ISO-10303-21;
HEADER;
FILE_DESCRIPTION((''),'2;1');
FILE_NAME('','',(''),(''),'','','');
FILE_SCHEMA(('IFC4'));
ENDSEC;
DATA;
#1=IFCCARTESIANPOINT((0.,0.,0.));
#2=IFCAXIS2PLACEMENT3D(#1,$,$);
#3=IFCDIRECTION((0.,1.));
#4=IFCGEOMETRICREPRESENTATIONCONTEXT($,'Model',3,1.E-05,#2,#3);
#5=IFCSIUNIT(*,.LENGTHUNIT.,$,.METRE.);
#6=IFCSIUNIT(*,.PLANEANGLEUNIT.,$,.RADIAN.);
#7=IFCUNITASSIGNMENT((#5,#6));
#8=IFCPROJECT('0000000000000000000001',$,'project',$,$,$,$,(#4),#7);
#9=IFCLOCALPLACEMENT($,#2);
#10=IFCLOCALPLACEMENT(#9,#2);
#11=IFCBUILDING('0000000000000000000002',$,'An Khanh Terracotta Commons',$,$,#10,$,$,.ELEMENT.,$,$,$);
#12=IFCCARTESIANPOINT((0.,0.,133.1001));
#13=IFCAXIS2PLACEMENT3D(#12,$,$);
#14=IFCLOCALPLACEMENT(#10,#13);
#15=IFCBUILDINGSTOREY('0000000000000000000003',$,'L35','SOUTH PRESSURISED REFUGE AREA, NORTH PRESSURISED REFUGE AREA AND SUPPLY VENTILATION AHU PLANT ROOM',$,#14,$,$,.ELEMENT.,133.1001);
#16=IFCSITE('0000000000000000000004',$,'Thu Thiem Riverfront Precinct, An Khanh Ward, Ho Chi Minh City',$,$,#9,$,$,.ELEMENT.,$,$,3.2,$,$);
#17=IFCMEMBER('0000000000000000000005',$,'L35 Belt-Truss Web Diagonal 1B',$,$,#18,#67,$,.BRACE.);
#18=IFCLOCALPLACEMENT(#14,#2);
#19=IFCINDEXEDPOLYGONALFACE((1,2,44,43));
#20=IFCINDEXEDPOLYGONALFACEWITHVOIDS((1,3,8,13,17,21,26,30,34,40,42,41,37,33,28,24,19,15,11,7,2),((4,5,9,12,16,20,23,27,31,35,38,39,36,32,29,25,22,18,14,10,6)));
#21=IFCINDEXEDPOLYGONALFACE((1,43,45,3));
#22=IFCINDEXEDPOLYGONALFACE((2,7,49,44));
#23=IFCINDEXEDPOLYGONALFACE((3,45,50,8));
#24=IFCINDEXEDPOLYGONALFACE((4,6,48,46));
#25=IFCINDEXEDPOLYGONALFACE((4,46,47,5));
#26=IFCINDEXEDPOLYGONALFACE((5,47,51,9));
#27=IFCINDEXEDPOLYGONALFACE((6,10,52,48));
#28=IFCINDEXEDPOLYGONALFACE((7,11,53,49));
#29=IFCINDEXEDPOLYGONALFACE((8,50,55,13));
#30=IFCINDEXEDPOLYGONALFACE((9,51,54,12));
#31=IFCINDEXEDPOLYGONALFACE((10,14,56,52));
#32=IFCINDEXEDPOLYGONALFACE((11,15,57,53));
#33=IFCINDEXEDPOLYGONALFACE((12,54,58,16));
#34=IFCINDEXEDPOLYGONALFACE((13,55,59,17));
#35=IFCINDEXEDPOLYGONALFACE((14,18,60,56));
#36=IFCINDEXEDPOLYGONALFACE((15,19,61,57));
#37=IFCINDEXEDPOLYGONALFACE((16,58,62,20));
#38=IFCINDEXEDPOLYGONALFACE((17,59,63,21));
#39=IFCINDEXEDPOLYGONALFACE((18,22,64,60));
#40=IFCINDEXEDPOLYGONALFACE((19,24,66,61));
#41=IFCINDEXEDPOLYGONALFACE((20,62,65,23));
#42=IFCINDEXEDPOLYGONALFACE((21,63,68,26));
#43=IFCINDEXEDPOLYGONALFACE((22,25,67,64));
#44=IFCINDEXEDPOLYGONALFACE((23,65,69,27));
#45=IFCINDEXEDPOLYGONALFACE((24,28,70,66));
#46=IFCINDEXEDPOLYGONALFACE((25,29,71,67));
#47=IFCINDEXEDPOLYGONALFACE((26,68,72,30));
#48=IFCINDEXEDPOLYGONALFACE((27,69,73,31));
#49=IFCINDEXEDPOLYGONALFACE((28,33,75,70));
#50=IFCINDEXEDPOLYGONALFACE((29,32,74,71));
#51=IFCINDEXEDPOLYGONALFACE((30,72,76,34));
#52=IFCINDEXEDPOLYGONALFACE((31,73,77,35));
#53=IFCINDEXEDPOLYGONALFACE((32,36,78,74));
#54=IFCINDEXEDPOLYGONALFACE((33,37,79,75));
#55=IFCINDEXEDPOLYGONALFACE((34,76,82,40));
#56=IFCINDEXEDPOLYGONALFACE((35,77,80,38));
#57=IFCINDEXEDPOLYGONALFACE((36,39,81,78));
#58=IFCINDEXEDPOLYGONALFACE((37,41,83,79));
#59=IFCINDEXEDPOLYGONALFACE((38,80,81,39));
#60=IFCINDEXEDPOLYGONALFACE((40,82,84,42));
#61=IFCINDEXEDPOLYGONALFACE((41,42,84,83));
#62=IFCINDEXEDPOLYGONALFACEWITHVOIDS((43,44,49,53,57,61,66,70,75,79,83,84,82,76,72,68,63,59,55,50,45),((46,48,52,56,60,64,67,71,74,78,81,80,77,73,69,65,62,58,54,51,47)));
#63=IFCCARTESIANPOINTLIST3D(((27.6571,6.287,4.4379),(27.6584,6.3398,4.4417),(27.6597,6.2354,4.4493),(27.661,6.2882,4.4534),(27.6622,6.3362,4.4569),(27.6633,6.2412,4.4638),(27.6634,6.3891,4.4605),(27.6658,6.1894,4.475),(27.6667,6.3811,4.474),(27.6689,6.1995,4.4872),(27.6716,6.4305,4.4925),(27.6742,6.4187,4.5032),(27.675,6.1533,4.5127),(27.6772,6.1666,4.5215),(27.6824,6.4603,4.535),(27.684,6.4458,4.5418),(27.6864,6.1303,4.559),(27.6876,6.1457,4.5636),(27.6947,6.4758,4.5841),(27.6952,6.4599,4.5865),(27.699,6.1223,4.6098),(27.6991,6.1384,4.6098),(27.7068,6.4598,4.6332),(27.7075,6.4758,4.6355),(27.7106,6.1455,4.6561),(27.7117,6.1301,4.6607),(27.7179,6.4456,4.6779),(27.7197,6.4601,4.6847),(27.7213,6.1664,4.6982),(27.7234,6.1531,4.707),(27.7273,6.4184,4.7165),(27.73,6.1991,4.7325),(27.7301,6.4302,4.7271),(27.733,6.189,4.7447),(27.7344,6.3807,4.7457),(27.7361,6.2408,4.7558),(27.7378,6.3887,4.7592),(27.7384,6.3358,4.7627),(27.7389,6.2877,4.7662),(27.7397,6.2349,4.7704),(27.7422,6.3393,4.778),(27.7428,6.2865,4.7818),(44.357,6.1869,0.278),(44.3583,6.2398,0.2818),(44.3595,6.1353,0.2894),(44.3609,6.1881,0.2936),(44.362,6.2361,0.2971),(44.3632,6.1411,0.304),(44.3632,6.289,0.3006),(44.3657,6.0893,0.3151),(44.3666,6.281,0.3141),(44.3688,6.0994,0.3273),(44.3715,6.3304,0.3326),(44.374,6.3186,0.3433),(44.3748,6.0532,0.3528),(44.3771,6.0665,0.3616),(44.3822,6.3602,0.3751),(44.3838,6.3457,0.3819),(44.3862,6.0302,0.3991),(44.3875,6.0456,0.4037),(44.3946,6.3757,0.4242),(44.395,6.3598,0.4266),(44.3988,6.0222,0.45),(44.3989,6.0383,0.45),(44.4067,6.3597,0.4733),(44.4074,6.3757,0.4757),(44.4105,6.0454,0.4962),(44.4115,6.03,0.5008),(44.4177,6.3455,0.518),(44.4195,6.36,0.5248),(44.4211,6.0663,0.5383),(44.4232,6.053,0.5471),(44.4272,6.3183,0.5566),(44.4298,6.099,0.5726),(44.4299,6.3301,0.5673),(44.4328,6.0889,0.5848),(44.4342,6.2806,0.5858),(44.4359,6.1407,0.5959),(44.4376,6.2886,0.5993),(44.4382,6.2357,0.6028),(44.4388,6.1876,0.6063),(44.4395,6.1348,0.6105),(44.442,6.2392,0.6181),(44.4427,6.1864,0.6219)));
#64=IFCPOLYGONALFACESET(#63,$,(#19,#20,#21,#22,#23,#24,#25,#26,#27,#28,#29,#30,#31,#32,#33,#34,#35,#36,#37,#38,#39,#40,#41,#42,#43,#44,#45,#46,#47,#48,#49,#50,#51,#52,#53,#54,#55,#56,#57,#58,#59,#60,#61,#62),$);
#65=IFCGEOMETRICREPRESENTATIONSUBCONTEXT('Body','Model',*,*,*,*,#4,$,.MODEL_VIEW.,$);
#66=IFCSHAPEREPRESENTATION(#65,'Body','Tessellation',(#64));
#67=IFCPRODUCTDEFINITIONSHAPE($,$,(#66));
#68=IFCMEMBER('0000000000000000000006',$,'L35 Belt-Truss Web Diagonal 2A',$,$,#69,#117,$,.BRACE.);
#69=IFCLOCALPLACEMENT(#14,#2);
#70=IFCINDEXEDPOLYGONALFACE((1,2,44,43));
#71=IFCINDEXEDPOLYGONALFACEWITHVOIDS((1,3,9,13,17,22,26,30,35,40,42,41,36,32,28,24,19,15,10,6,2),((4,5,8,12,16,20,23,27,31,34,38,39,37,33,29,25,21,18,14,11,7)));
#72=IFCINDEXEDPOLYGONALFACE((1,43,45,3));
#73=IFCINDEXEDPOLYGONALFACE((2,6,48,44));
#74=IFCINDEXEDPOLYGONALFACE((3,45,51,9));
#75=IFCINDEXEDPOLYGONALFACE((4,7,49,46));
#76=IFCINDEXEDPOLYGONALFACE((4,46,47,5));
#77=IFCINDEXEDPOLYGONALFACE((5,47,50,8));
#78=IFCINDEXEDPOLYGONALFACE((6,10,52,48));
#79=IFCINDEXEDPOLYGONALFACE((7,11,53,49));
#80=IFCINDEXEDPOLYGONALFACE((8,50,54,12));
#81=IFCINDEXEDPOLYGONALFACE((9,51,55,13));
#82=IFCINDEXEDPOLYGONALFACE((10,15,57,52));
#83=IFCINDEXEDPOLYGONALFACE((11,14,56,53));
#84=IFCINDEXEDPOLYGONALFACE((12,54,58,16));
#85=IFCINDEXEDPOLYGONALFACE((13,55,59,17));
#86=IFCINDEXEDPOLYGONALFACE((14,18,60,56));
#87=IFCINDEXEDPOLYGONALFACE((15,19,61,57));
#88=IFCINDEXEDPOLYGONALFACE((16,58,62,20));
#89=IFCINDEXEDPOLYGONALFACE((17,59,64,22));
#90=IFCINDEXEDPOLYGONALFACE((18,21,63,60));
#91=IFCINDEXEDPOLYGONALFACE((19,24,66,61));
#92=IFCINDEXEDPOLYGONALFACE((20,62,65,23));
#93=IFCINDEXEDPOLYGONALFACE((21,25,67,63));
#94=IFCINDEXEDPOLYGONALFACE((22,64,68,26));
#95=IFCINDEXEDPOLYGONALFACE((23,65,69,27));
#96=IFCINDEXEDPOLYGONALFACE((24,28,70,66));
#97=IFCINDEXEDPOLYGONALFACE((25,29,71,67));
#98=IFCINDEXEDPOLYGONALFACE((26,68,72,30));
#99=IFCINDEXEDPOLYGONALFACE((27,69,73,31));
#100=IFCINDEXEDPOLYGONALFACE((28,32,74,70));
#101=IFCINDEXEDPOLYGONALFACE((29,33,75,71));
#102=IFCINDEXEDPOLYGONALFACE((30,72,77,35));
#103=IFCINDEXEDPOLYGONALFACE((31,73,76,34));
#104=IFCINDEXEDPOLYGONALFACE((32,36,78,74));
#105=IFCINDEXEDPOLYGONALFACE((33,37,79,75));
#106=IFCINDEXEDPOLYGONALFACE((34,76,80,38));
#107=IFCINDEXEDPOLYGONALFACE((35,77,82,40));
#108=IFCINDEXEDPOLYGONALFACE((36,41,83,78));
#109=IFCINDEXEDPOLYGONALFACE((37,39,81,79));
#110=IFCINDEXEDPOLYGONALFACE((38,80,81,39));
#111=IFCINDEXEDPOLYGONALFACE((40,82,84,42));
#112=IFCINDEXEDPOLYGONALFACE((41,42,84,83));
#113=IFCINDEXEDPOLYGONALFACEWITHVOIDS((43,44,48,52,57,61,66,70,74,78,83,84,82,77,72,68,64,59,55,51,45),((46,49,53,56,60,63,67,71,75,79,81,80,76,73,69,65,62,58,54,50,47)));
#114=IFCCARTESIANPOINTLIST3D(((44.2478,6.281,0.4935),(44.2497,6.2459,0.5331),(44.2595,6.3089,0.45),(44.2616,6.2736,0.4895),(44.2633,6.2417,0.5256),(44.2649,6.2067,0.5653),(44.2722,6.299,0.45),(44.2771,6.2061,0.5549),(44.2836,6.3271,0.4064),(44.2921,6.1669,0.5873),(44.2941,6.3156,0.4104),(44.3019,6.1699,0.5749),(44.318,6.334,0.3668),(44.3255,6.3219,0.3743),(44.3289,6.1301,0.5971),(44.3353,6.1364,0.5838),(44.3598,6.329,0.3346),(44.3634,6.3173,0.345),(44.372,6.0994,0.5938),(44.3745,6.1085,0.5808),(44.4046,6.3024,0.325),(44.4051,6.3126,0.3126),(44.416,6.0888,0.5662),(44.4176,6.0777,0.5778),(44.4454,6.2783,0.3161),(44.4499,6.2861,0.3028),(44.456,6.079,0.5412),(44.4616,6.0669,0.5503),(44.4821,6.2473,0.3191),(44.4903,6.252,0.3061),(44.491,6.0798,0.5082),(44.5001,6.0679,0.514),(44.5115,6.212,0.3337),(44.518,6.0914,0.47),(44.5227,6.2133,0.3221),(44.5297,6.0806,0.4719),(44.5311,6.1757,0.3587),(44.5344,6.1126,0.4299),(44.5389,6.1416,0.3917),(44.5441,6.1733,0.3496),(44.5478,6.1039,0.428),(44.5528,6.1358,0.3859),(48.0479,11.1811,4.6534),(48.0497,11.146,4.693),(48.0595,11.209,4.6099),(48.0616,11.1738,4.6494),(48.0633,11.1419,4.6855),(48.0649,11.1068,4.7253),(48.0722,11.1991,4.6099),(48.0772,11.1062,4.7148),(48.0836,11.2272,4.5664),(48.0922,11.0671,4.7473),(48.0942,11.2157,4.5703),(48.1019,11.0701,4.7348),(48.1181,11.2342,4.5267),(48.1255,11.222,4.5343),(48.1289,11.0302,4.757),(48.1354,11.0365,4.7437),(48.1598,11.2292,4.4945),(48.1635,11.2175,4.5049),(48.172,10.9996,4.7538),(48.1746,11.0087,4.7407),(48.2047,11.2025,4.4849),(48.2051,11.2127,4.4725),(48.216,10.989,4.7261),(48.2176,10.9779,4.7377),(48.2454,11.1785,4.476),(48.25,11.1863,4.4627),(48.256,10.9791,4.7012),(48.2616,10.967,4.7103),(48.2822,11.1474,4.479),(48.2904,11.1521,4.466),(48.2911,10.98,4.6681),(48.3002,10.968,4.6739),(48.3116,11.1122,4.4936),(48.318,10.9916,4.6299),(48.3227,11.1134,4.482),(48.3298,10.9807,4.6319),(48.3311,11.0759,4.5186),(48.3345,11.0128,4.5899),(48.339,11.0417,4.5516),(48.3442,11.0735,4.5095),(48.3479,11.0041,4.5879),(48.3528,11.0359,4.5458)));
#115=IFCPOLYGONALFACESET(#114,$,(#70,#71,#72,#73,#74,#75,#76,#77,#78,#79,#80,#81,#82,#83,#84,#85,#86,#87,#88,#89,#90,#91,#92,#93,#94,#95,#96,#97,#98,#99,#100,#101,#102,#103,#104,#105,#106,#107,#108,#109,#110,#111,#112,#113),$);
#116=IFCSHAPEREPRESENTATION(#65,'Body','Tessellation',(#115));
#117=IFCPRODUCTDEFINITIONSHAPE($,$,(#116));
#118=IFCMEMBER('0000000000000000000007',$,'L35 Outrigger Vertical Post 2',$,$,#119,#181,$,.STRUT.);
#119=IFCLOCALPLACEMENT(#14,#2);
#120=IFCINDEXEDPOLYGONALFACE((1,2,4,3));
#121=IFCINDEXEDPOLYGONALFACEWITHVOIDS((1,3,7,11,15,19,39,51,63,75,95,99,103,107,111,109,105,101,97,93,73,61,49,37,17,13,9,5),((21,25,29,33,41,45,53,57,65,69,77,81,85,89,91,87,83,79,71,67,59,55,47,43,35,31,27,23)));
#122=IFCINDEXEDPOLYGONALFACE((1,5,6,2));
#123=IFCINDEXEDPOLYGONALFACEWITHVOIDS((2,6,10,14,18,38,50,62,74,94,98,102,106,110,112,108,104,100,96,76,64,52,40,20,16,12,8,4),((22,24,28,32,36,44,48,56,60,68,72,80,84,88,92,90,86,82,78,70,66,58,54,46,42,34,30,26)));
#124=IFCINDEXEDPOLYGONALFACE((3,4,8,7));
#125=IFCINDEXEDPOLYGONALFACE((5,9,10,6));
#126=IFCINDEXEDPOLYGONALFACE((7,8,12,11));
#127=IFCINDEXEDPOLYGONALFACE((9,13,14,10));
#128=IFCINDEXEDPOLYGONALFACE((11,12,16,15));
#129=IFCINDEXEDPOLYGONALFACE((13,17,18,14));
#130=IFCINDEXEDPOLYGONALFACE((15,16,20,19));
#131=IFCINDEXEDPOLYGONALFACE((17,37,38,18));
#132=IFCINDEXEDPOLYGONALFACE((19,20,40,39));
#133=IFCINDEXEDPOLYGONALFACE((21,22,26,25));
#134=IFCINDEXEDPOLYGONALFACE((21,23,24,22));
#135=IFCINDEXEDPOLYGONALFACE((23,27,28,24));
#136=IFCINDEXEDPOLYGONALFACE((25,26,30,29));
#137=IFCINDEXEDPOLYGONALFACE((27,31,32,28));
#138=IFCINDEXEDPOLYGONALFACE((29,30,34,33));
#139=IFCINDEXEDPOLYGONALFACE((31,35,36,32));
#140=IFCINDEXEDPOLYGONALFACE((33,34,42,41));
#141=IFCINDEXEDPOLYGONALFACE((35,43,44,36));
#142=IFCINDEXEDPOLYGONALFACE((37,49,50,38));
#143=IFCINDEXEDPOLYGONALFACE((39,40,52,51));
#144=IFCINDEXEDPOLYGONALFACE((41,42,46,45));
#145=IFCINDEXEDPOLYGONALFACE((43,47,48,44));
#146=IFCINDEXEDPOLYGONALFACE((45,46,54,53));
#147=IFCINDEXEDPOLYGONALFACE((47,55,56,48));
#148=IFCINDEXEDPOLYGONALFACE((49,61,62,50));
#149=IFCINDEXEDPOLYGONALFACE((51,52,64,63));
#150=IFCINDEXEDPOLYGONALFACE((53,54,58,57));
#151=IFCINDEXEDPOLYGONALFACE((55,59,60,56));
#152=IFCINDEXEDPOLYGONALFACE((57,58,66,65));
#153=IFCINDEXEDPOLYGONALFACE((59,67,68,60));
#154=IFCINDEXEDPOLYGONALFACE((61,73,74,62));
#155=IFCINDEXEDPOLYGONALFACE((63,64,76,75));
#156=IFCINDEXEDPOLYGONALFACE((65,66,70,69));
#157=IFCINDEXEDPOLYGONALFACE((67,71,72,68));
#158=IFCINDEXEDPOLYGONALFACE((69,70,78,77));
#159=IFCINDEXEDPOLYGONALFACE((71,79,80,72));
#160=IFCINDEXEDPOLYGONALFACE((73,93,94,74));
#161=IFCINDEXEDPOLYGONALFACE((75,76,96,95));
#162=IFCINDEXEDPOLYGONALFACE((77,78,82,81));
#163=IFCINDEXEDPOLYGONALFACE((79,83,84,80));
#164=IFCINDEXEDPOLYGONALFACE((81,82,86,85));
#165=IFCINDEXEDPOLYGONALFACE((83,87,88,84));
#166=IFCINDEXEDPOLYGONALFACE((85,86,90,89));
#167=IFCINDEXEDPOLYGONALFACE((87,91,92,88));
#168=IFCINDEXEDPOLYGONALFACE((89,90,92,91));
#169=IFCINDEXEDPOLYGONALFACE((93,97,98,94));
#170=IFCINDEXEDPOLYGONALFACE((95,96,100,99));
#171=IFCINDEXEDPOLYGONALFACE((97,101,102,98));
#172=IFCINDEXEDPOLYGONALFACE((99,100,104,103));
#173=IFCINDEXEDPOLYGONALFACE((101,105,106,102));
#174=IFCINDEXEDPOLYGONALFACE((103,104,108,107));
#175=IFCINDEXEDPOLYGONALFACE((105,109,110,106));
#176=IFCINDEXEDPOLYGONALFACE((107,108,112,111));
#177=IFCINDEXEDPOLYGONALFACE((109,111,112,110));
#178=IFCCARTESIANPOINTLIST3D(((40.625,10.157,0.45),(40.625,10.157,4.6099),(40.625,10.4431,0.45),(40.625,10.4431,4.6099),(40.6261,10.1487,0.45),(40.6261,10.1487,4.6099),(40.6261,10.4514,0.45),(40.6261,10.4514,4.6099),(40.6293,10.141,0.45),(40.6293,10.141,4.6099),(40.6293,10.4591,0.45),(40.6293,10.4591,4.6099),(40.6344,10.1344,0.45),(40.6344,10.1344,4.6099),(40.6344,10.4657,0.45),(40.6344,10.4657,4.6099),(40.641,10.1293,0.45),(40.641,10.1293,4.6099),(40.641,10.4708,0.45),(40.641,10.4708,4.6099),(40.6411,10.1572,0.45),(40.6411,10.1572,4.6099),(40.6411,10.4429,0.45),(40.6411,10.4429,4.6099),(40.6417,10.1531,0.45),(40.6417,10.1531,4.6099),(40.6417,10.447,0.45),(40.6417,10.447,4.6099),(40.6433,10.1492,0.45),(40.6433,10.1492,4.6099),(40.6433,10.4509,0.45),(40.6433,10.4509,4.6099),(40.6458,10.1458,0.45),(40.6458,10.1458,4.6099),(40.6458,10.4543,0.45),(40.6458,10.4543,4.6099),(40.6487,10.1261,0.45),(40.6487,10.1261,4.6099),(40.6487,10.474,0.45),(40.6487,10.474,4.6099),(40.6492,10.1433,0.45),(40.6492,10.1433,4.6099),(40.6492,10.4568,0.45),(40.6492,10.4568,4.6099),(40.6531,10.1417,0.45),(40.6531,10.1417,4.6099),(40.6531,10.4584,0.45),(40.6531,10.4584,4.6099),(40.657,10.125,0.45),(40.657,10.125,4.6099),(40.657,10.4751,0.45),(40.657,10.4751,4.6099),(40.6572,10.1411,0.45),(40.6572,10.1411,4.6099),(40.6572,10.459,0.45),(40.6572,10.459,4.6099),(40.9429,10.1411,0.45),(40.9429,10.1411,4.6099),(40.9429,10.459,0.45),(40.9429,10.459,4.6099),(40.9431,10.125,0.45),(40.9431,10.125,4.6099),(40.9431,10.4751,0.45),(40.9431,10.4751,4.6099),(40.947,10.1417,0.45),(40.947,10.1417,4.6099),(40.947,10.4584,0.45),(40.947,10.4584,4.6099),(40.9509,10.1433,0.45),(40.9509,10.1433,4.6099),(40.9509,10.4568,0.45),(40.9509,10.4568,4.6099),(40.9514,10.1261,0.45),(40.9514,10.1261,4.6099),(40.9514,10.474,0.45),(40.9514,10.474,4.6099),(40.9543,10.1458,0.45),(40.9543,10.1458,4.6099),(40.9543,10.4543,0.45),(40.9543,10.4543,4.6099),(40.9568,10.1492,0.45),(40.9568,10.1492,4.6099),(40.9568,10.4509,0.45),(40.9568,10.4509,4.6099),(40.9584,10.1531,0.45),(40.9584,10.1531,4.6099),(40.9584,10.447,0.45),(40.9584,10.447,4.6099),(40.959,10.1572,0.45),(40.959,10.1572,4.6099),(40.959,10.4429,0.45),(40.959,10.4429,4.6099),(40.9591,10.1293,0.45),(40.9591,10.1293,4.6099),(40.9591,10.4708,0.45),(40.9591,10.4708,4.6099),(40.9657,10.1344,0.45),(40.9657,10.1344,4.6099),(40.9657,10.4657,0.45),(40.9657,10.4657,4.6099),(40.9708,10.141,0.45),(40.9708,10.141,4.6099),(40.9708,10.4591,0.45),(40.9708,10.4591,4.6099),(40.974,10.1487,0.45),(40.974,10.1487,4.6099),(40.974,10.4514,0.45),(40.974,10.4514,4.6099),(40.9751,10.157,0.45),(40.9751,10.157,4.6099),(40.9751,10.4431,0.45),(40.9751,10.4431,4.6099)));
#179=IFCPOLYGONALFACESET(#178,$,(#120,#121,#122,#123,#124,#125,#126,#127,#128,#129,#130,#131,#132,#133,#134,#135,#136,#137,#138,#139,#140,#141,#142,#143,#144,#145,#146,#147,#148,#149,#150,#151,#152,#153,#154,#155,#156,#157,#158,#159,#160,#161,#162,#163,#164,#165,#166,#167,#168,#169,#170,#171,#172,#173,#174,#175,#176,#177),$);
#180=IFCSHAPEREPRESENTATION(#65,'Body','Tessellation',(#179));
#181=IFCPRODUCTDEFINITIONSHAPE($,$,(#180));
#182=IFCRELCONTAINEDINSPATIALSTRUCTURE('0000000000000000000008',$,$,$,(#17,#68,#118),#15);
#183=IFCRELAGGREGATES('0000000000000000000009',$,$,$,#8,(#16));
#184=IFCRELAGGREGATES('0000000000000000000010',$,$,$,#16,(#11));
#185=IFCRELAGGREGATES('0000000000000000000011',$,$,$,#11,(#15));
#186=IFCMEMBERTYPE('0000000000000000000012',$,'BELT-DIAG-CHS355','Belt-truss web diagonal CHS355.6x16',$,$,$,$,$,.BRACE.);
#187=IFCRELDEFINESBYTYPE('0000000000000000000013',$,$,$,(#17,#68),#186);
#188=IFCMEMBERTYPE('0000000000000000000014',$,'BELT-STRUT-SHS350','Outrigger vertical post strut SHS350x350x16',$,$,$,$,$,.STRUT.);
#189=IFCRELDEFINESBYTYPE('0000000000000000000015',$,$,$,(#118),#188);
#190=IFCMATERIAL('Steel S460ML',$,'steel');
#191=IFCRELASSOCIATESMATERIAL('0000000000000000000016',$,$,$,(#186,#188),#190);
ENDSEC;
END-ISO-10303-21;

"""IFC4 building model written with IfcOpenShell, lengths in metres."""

from ifc_helpers import new_model, si_unit, direction, frame, origin, origin_2d, place, context, subcontext, project, spatial, hollow_rectangle, hollow_circle, extrude, material, material_profile, profile_set, type_object, element, save


model = new_model("IFC4")

# Units and contexts
model_context = context("Model", 3, precision=1e-05, world=origin(), true_north=direction((0.0, 1.0)))
body_context = subcontext(model_context, "Body", "Model", "MODEL_VIEW")
ifc_project = project(units=[si_unit("LENGTHUNIT", "METRE"), si_unit("PLANEANGLEUNIT", "RADIAN")], contexts=[model_context])

# Site, building, storey
site_placement = place(None, origin())
site = spatial("IfcSite", under=ifc_project, at=site_placement, Name="Thu Thiem Riverfront Precinct, An Khanh Ward, Ho Chi Minh City", CompositionType="ELEMENT", RefElevation=3.2)
building_placement = place(site_placement, origin())
building = spatial("IfcBuilding", under=site, at=building_placement, Name="An Khanh Terracotta Commons", CompositionType="ELEMENT")
storey_placement = place(building_placement, frame((0.0, 0.0, 133.1001)))
storey = spatial("IfcBuildingStorey", under=building, at=storey_placement, Name="L35", Description="SOUTH PRESSURISED REFUGE AREA, NORTH PRESSURISED REFUGE AREA AND SUPPLY VENTILATION AHU PLANT ROOM", CompositionType="ELEMENT", Elevation=133.1001)

# Members
ifc_material_1 = material(Name="Steel S460ML", Category="steel")
ifc_material_profile_1 = material_profile(ifc_material_1, hollow_circle(Radius=0.1777, WallThickness=0.0161, at=origin_2d()), Name="CHS355.6x16")
ifc_profile_set_1 = profile_set([ifc_material_profile_1], Name="Steel S460ML")
member_type_1 = type_object("IfcMemberType", Name="BELT-DIAG-CHS355", Description="Belt-truss web diagonal CHS355.6x16", PredefinedType="BRACE", material=ifc_profile_set_1)
member_1_placement = place(storey_placement, frame((44.3999, 6.2, 0.45), z_axis=(-0.970332, 0.005816, 0.241707), x_axis=(-0.005994, -0.999982, 0.0)))
element("IfcMember", 1, at=member_1_placement, inside=storey, type_object=member_type_1, Name="L35 Belt-Truss Web Diagonal 1B", PredefinedType="BRACE", context=body_context, shape_type="SweptSolid", body=[
    extrude(hollow_circle(Radius=0.1777, WallThickness=0.0161, at=origin_2d()), origin(), (0.0, 0.0, 1.0), 17.2104),
])
member_2_placement = place(storey_placement, frame((44.3999, 6.2, 0.45), z_axis=(0.50891, 0.656237, 0.557103), x_axis=(-0.790225, 0.612817, 0.0)))
element("IfcMember", 2, at=member_2_placement, inside=storey, type_object=member_type_1, Name="L35 Belt-Truss Web Diagonal 2A", PredefinedType="BRACE", context=body_context, shape_type="SweptSolid", body=[
    extrude(hollow_circle(Radius=0.1777, WallThickness=0.0161, at=origin_2d()), origin(), (0.0, 0.0, 1.0), 7.467),
])
ifc_material_profile_2 = material_profile(ifc_material_1, hollow_rectangle(XDim=0.3501, YDim=0.3501, WallThickness=0.0161, InnerFilletRadius=0.0161, OuterFilletRadius=0.032, at=origin_2d()), Name="SHS350x350x16")
ifc_profile_set_2 = profile_set([ifc_material_profile_2], Name="Steel S460ML")
member_type_2 = type_object("IfcMemberType", Name="BELT-STRUT-SHS350", Description="Outrigger vertical post strut SHS350x350x16", PredefinedType="STRUT", material=ifc_profile_set_2)
member_3_placement = place(storey_placement, frame((40.8, 10.3, 0.45), z_axis=(0.0, 0.0, 1.0), x_axis=(1.0, 0.0, 0.0)))
element("IfcMember", 3, at=member_3_placement, inside=storey, type_object=member_type_2, Name="L35 Outrigger Vertical Post 2", PredefinedType="STRUT", context=body_context, shape_type="SweptSolid", body=[
    extrude(hollow_rectangle(XDim=0.3501, YDim=0.3501, WallThickness=0.0161, InnerFilletRadius=0.0161, OuterFilletRadius=0.032, at=origin_2d()), origin(), (0.0, 0.0, 1.0), 4.1599),
])

save(model, "model.ifc")
